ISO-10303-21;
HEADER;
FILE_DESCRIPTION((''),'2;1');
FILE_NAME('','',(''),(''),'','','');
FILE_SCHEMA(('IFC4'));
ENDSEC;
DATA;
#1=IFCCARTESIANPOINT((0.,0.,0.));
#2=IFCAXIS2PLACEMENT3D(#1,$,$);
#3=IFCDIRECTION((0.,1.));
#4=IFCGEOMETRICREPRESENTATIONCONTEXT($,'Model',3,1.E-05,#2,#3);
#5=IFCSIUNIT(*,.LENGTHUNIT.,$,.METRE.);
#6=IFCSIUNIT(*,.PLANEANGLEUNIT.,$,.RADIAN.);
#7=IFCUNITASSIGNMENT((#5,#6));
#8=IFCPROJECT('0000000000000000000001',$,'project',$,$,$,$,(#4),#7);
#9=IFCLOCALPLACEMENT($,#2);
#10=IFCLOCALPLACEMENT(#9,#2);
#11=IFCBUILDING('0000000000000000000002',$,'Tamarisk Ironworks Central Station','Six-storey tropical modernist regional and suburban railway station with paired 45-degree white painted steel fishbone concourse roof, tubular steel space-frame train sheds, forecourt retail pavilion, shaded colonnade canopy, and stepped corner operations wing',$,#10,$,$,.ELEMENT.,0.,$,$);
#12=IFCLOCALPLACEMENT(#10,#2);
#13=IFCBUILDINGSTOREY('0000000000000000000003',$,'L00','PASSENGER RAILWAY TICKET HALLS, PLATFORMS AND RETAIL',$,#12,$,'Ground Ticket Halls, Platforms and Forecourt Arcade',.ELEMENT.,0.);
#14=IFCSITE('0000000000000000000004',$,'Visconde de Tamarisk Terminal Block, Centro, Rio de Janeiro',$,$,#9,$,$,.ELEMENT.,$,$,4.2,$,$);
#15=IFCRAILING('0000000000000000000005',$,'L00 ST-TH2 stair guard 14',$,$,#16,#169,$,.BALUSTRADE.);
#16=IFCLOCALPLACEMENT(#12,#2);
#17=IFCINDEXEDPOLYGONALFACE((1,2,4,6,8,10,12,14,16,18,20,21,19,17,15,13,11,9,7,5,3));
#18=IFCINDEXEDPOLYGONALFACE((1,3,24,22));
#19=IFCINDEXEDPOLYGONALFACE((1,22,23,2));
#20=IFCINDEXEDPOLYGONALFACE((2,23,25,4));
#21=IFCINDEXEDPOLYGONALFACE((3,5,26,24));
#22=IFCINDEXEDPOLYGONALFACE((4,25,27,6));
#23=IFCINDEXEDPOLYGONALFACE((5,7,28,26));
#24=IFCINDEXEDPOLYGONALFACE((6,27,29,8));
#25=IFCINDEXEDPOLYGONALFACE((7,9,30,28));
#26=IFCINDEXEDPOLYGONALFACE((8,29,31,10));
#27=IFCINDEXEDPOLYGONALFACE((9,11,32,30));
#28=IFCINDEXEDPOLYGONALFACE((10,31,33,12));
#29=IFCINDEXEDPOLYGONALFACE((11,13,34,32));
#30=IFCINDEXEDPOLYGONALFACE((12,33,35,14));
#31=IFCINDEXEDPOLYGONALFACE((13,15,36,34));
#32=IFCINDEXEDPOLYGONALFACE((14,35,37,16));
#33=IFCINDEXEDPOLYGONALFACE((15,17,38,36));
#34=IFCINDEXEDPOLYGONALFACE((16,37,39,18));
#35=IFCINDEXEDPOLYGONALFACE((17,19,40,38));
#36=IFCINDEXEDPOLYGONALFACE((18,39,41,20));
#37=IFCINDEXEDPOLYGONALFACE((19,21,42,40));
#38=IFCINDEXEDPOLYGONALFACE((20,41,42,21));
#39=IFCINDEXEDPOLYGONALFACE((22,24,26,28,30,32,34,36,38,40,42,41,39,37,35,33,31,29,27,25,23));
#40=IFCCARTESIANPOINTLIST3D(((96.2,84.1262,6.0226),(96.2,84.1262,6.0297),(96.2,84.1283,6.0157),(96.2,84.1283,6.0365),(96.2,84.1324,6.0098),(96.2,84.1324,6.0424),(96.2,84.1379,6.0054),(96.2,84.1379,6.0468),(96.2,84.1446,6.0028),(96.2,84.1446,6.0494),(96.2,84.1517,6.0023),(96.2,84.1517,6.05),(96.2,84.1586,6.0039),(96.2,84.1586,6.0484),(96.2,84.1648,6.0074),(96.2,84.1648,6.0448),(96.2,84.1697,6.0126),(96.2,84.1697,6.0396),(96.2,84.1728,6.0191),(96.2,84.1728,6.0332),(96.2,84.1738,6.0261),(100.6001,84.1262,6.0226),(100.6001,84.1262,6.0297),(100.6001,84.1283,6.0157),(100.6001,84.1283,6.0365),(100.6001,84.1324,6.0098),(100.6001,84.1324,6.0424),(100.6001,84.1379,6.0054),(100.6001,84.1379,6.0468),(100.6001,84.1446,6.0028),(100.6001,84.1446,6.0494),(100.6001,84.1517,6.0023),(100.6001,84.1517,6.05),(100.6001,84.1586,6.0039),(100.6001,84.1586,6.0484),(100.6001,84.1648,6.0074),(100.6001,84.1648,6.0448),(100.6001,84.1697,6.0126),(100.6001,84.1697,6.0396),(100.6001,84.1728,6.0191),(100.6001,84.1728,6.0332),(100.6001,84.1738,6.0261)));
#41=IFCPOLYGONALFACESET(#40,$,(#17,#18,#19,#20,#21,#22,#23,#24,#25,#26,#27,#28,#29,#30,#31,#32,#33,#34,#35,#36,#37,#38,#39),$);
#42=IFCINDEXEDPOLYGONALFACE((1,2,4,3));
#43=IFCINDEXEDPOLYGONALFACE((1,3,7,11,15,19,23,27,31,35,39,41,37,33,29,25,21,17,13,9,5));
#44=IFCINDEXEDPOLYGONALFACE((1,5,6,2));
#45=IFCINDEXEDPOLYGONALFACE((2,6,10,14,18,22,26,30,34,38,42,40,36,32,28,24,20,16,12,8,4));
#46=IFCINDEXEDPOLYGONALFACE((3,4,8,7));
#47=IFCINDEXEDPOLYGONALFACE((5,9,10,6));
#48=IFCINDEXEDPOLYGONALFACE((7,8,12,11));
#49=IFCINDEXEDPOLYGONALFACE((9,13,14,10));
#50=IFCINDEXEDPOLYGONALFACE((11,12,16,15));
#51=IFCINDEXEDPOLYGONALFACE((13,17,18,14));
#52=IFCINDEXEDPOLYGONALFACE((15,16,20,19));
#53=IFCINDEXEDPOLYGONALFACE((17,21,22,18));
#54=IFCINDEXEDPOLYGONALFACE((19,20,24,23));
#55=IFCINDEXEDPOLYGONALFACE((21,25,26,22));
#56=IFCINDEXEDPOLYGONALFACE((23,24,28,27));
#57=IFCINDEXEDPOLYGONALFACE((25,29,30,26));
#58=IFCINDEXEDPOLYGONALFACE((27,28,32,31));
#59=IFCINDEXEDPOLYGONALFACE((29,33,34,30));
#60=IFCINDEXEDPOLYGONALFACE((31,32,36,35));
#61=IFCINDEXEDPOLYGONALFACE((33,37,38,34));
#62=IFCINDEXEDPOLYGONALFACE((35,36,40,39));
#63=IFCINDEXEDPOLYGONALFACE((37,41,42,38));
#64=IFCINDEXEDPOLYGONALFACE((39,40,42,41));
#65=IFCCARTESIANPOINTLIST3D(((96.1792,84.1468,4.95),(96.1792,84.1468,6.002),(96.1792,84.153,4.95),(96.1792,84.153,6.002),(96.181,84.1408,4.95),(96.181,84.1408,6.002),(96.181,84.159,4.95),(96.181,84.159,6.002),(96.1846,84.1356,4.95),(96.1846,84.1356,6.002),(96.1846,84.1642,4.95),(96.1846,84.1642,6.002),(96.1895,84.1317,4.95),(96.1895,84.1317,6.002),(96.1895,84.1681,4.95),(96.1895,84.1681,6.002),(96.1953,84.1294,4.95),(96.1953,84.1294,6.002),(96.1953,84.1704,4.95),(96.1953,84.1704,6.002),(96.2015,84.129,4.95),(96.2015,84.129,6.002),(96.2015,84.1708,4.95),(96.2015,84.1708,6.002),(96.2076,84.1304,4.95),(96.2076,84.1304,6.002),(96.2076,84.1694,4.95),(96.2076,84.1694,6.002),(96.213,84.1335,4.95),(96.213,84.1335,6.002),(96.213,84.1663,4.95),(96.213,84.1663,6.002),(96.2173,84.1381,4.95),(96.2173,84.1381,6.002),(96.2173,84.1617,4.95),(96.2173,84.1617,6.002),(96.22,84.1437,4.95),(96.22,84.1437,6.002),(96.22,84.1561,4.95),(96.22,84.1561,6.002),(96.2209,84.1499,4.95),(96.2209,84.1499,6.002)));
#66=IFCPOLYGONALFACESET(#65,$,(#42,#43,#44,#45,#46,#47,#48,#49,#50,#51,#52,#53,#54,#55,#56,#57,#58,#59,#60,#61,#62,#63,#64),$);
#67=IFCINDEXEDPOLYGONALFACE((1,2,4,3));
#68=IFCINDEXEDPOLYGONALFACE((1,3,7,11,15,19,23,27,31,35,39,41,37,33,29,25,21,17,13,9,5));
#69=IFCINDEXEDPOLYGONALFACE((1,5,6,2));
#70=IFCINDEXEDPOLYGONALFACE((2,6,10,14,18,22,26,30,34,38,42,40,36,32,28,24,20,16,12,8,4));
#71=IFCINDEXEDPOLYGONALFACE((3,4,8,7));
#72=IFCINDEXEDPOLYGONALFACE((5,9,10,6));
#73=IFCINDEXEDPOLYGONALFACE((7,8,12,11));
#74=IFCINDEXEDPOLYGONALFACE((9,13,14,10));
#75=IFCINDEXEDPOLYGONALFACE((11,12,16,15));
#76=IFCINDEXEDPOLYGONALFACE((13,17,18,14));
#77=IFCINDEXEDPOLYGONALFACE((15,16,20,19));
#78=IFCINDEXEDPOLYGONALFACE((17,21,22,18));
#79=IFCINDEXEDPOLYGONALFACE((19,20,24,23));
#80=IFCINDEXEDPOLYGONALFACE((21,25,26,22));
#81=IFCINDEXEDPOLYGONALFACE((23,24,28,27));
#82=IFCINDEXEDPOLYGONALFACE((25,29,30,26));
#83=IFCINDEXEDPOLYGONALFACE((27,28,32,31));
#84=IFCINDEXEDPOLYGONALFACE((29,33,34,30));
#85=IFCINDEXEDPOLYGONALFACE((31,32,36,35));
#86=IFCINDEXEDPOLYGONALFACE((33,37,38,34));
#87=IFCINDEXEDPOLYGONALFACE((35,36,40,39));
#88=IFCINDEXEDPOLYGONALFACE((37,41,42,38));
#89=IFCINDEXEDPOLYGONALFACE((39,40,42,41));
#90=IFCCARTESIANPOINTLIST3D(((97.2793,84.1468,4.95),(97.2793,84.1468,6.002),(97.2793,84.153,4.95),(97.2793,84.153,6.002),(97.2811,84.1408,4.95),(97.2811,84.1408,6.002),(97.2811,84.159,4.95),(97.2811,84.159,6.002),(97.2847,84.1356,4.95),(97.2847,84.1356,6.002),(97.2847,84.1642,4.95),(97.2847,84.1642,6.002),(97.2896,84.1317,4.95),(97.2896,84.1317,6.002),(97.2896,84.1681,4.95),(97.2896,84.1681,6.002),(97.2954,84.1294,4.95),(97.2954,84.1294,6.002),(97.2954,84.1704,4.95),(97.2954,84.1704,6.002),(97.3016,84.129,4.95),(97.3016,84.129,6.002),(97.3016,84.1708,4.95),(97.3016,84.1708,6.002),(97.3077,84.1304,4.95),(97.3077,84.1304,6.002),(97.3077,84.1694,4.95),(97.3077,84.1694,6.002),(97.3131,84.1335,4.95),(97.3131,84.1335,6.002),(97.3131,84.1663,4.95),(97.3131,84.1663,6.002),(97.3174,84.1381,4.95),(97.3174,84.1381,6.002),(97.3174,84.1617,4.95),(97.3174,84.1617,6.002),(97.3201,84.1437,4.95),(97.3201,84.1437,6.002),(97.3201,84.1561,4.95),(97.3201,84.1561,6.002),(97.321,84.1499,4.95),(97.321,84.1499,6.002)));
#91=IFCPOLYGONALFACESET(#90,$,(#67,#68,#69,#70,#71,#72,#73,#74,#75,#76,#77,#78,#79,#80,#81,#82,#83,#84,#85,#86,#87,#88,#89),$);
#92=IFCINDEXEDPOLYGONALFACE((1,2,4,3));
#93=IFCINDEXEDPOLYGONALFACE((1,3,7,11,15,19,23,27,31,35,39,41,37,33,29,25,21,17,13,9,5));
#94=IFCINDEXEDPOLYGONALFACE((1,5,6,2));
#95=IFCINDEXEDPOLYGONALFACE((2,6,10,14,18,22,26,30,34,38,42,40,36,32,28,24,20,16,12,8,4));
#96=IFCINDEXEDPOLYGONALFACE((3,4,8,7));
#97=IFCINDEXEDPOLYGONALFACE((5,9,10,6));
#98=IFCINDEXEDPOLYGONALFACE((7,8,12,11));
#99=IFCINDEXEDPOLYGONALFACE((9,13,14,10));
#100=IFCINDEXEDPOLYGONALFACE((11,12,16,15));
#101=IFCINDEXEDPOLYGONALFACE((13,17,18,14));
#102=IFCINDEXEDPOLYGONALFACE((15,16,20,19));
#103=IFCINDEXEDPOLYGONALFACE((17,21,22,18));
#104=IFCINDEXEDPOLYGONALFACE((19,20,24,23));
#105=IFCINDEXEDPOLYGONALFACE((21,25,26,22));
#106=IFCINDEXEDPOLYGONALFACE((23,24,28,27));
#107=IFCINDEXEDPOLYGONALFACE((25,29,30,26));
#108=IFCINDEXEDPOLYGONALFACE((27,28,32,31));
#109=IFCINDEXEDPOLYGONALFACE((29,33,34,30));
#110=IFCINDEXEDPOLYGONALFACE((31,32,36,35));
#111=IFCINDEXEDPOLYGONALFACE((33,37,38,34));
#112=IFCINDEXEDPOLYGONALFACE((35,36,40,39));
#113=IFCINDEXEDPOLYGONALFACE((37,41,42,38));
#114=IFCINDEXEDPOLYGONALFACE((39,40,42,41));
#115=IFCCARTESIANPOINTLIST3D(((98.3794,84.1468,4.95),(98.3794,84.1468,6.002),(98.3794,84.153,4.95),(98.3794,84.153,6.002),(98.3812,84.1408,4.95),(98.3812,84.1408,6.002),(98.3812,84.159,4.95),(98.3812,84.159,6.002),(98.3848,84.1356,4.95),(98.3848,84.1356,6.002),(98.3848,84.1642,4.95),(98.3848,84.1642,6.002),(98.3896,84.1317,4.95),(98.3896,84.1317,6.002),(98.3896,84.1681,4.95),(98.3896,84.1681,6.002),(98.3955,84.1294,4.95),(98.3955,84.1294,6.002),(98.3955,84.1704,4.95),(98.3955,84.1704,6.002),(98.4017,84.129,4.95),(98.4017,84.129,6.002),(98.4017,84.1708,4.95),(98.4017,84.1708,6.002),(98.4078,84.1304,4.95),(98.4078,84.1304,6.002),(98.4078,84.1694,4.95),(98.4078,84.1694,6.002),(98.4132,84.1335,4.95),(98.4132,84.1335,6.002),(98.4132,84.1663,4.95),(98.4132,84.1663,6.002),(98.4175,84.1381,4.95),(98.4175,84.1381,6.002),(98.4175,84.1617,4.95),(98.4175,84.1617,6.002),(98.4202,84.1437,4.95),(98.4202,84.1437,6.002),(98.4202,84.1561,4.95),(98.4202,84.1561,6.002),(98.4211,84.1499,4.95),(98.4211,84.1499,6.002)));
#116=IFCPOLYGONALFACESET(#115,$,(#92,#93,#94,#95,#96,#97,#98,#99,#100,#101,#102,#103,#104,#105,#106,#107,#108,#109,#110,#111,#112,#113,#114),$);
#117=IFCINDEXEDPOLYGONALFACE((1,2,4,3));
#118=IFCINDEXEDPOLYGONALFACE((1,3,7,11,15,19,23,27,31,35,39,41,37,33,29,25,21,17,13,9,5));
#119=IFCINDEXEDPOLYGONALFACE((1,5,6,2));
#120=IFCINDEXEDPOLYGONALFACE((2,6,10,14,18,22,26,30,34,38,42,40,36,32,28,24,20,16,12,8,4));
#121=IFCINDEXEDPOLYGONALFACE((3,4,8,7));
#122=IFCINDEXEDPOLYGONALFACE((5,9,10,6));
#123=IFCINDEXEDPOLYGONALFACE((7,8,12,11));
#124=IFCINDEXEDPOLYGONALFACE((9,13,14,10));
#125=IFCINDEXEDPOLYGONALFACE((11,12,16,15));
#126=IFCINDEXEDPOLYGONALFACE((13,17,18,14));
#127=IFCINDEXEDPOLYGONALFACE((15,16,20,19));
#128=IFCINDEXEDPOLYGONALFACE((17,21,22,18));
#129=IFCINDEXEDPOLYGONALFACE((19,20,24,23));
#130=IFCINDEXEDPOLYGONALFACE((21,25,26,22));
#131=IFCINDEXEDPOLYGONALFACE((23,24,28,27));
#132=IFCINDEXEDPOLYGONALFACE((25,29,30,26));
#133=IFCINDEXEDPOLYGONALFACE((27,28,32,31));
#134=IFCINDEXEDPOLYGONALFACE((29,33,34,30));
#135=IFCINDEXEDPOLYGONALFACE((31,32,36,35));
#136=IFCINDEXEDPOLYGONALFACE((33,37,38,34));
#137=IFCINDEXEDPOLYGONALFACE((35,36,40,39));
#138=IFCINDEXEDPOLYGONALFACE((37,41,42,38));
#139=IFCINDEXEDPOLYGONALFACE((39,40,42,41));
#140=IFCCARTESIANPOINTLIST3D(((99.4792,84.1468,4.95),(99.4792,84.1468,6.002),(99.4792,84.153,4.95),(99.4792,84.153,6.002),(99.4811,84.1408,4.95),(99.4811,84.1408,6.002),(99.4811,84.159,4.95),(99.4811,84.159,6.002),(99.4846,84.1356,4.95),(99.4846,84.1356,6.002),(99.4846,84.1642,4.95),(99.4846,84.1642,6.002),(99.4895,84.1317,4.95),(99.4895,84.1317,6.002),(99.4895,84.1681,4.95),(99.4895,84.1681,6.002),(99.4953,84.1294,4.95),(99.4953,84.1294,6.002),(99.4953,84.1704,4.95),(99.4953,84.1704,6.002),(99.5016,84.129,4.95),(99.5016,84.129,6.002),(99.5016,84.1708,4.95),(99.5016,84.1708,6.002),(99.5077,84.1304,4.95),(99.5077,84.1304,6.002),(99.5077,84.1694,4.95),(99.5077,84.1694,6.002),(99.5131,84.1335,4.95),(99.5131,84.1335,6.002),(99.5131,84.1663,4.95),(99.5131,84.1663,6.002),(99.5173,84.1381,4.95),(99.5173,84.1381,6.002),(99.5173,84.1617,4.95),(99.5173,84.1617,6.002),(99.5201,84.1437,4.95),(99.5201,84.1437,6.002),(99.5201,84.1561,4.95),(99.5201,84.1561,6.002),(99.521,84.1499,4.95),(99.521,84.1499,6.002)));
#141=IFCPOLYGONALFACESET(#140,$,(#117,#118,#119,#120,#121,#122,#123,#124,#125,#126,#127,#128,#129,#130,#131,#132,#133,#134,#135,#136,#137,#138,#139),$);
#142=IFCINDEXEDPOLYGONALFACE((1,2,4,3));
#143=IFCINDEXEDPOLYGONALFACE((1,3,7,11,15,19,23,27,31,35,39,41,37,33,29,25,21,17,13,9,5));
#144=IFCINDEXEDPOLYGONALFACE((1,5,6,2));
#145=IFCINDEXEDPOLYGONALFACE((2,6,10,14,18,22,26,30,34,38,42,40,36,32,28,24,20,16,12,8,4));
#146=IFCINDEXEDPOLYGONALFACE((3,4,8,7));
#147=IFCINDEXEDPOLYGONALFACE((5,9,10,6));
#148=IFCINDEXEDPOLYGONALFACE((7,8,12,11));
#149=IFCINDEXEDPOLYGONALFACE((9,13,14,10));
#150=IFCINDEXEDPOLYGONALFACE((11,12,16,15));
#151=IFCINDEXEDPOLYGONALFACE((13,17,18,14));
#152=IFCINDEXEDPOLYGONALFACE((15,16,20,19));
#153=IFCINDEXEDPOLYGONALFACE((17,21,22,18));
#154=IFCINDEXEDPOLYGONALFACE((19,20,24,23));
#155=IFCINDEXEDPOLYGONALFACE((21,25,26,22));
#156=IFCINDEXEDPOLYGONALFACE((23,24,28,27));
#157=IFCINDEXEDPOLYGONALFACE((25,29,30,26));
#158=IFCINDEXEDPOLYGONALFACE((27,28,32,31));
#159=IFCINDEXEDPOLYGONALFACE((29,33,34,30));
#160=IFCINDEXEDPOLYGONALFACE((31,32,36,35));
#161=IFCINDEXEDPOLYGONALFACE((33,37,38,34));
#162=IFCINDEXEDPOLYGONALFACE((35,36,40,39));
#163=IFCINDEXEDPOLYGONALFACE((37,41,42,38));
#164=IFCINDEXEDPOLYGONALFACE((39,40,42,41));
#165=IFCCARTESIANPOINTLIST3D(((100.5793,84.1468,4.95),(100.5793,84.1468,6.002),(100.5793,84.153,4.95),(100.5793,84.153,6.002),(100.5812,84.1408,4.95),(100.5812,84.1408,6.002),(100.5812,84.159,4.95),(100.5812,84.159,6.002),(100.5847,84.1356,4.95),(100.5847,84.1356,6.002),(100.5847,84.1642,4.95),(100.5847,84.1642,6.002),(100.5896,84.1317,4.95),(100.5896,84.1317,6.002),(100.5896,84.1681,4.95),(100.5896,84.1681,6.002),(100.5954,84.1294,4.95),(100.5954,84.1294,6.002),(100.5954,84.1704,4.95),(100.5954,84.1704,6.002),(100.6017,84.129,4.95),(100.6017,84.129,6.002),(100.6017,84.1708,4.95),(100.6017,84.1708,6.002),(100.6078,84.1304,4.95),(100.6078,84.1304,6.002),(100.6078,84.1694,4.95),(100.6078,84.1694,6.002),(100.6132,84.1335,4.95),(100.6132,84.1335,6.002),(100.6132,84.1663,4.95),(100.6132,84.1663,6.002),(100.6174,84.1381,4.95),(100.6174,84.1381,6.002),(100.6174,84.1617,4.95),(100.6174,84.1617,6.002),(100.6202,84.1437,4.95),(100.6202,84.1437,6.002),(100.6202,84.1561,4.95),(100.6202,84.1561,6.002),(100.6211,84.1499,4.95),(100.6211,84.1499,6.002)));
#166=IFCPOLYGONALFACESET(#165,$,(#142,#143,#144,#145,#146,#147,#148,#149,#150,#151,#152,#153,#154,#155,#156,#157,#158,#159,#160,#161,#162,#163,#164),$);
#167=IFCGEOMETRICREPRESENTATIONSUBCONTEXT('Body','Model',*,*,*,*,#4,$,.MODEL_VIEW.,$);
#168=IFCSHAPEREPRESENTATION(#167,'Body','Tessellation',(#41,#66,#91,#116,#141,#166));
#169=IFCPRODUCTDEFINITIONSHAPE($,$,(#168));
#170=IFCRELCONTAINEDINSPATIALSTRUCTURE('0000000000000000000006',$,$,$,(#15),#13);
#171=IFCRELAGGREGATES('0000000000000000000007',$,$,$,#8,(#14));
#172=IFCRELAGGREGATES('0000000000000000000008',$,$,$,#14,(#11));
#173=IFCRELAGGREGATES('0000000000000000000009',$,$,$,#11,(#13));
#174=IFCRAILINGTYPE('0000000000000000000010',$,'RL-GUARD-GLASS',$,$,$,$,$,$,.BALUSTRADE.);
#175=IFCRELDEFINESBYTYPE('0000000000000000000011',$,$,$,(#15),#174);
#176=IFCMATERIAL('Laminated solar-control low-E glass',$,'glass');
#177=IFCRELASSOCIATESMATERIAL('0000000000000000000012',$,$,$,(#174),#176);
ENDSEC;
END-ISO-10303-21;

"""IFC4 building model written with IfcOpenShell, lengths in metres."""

from ifc_helpers import new_model, si_unit, direction, frame, origin, origin_2d, place, context, subcontext, project, spatial, circle, extrude, material, type_object, element, save


model = new_model("IFC4")

# Units and contexts
model_context = context("Model", 3, precision=1e-05, world=origin(), true_north=direction((0.0, 1.0)))
body_context = subcontext(model_context, "Body", "Model", "MODEL_VIEW")
ifc_project = project(units=[si_unit("LENGTHUNIT", "METRE"), si_unit("PLANEANGLEUNIT", "RADIAN")], contexts=[model_context])

# Site, building, storey
site_placement = place(None, origin())
site = spatial("IfcSite", under=ifc_project, at=site_placement, Name="Visconde de Tamarisk Terminal Block, Centro, Rio de Janeiro", CompositionType="ELEMENT", RefElevation=4.2)
building_placement = place(site_placement, origin())
building = spatial("IfcBuilding", under=site, at=building_placement, Name="Tamarisk Ironworks Central Station", Description="Six-storey tropical modernist regional and suburban railway station with paired 45-degree white painted steel fishbone concourse roof, tubular steel space-frame train sheds, forecourt retail pavilion, shaded colonnade canopy, and stepped corner operations wing", CompositionType="ELEMENT", ElevationOfRefHeight=0.0)
storey_placement = place(building_placement, origin())
storey = spatial("IfcBuildingStorey", under=building, at=storey_placement, Name="L00", Description="PASSENGER RAILWAY TICKET HALLS, PLATFORMS AND RETAIL", LongName="Ground Ticket Halls, Platforms and Forecourt Arcade", CompositionType="ELEMENT", Elevation=0.0)

# Railing
ifc_material_1 = material(Name="Laminated solar-control low-E glass", Category="glass")
railing_type_1 = type_object("IfcRailingType", Name="RL-GUARD-GLASS", PredefinedType="BALUSTRADE", material=ifc_material_1)
for number, where, name in (
    (1, (96.2, 84.1499, 4.95), "L00 ST-TH2 stair guard 14"),
):
    element("IfcRailing", number, at=place(storey_placement, frame(where)), inside=storey, type_object=railing_type_1, Name=name, PredefinedType="BALUSTRADE", context=body_context, shape_type="SweptSolid", body=[
        extrude(circle(Radius=0.0239, at=origin_2d()), frame((0.0, 0.0, 1.0762), z_axis=(1.0, 0.0, 0.0), x_axis=(0.0, 1.0, 0.0)), (0.0, 0.0, 1.0), 4.4001),
        extrude(circle(Radius=0.021, at=origin_2d()), origin(), (0.0, 0.0, 1.0), 1.052),
        extrude(circle(Radius=0.021, at=origin_2d()), frame((1.1001, 0.0, 0.0)), (0.0, 0.0, 1.0), 1.052),
        extrude(circle(Radius=0.021, at=origin_2d()), frame((2.2002, 0.0, 0.0)), (0.0, 0.0, 1.0), 1.052),
        extrude(circle(Radius=0.021, at=origin_2d()), frame((3.3, 0.0, 0.0)), (0.0, 0.0, 1.0), 1.052),
        extrude(circle(Radius=0.021, at=origin_2d()), frame((4.4001, 0.0, 0.0)), (0.0, 0.0, 1.0), 1.052),
    ])

save(model, "model.ifc")
